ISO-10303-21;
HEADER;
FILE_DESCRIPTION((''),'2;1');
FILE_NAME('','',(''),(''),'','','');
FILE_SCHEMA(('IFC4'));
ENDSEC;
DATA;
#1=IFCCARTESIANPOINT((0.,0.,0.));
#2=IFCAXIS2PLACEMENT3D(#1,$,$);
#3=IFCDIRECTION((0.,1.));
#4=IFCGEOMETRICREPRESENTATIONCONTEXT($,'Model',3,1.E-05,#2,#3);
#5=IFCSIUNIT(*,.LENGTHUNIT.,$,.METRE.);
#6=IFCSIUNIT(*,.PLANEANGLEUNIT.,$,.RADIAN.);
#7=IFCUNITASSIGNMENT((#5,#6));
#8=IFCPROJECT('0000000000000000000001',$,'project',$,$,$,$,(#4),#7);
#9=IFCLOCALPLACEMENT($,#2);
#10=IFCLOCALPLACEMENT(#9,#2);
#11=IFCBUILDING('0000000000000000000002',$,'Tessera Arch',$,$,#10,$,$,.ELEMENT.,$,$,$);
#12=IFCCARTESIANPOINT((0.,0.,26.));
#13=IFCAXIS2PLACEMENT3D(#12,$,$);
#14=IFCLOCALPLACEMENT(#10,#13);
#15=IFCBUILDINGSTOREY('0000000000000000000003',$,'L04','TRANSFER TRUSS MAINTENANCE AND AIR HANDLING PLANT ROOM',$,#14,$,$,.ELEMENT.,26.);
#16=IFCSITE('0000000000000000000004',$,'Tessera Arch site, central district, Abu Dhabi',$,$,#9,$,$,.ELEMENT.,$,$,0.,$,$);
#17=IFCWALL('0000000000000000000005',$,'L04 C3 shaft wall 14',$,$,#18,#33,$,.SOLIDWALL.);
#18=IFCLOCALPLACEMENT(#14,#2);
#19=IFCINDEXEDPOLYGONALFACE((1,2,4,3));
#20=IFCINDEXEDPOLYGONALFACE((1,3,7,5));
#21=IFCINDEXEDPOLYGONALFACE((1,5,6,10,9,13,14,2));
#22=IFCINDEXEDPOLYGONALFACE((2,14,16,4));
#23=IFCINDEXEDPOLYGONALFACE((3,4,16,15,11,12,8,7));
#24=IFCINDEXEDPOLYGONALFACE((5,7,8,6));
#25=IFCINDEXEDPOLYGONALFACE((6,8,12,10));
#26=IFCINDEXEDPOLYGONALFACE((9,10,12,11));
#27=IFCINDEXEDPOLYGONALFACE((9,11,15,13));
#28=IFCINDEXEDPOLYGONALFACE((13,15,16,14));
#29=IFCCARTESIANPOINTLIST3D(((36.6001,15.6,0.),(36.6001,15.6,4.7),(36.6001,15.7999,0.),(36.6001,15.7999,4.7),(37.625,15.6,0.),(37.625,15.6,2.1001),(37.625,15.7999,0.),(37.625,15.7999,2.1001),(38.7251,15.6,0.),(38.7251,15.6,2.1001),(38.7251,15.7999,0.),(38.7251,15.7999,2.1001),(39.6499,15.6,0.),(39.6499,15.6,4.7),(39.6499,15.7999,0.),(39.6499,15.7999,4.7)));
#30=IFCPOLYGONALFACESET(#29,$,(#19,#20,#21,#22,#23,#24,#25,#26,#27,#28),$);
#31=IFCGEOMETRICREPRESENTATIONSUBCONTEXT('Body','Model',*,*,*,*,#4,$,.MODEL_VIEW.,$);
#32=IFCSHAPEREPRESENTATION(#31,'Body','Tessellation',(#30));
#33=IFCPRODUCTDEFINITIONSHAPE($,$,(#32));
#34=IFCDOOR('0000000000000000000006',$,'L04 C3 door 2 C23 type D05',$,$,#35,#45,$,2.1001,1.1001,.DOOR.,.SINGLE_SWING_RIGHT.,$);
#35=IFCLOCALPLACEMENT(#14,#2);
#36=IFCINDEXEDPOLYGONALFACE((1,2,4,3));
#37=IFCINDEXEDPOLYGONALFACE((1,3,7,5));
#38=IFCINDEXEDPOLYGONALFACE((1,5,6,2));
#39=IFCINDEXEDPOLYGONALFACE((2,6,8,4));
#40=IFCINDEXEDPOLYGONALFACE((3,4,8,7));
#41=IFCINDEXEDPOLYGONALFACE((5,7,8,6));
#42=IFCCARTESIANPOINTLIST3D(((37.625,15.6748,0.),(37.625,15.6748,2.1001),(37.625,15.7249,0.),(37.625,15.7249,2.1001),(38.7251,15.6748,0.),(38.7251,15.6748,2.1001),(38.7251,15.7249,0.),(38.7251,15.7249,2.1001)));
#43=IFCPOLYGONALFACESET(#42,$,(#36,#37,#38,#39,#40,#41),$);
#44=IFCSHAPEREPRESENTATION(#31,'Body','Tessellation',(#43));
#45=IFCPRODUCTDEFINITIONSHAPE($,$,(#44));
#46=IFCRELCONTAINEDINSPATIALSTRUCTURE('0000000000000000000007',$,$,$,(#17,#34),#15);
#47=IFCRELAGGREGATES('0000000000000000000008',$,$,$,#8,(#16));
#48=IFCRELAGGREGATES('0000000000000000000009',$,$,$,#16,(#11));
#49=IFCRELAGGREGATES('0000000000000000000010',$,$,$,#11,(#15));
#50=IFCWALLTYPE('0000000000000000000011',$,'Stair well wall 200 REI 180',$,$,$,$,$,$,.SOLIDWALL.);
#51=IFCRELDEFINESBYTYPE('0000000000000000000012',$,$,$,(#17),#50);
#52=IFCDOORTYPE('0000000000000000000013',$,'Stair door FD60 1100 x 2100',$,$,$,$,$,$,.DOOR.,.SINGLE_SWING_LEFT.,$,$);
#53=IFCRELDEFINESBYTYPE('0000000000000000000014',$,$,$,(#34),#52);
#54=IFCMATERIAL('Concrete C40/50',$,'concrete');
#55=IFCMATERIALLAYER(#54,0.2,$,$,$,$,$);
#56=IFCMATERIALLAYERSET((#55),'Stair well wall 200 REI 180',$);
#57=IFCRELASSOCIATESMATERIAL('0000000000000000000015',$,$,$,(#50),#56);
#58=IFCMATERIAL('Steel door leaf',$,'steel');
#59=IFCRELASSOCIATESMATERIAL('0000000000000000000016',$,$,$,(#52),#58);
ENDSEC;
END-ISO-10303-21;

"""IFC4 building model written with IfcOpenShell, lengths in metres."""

from ifc_helpers import new_model, si_unit, direction, frame, frame_2d, origin, place, context, subcontext, project, spatial, rectangle, extrude, material, layer, layer_set, type_object, element, fill, save


model = new_model("IFC4")

# Units and contexts
model_context = context("Model", 3, precision=1e-05, world=origin(), true_north=direction((0.0, 1.0)))
body_context = subcontext(model_context, "Body", "Model", "MODEL_VIEW")
ifc_project = project(units=[si_unit("LENGTHUNIT", "METRE"), si_unit("PLANEANGLEUNIT", "RADIAN")], contexts=[model_context])

# Site, building, storey
site_placement = place(None, origin())
site = spatial("IfcSite", under=ifc_project, at=site_placement, Name="Tessera Arch site, central district, Abu Dhabi", CompositionType="ELEMENT", RefElevation=0.0)
building_placement = place(site_placement, origin())
building = spatial("IfcBuilding", under=site, at=building_placement, Name="Tessera Arch", CompositionType="ELEMENT")
storey_placement = place(building_placement, frame((0.0, 0.0, 26.0)))
storey = spatial("IfcBuildingStorey", under=building, at=storey_placement, Name="L04", Description="TRANSFER TRUSS MAINTENANCE AND AIR HANDLING PLANT ROOM", CompositionType="ELEMENT", Elevation=26.0)

# Wall, opening, door
ifc_material_1 = material(Name="Concrete C40/50", Category="concrete")
ifc_layer_1 = layer(ifc_material_1, 0.2)
ifc_layer_set_1 = layer_set([ifc_layer_1], Name="Stair well wall 200 REI 180")
wall_type_1 = type_object("IfcWallType", Name="Stair well wall 200 REI 180", PredefinedType="SOLIDWALL", material=ifc_layer_set_1)
wall_1_placement = place(storey_placement, frame((36.6001, 15.7, 0.0), z_axis=(0.0, 0.0, 1.0), x_axis=(1.0, 0.0, 0.0)))
wall_1 = element("IfcWall", 1, at=wall_1_placement, inside=storey, type_object=wall_type_1, Name="L04 C3 shaft wall 14", PredefinedType="SOLIDWALL", context=body_context, shape_type="SweptSolid", body=[
    extrude(rectangle(XDim=3.0498, YDim=0.2, at=frame_2d((1.5249, 0.0))), origin(), (0.0, 0.0, 1.0), 4.7),
])
opening_1_placement = place(wall_1_placement, frame((1.0249, 0.0, 0.0)))
opening_1 = element("IfcOpeningElement", 2, at=opening_1_placement, cuts=wall_1, PredefinedType="OPENING", context=body_context, shape_type="SweptSolid", body=[
    extrude(rectangle(XDim=1.1001, YDim=2.1001, at=frame_2d((0.55, 1.05))), frame((0.0, 0.1099, 0.0), z_axis=(0.0, -1.0, 0.0), x_axis=(1.0, 0.0, 0.0)), (0.0, 0.0, 1.0), 0.22),
])
ifc_material_2 = material(Name="Steel door leaf", Category="steel")
door_type_1 = type_object("IfcDoorType", Name="Stair door FD60 1100 x 2100", OperationType="SINGLE_SWING_LEFT", PredefinedType="DOOR", material=ifc_material_2)
door_1_placement = place(opening_1_placement, origin())
door_1 = element("IfcDoor", 3, at=door_1_placement, inside=storey, type_object=door_type_1, Name="L04 C3 door 2 C23 type D05", OperationType="SINGLE_SWING_RIGHT", OverallHeight=2.1001, OverallWidth=1.1001, PredefinedType="DOOR", context=body_context, shape_type="SweptSolid", body=[
    extrude(rectangle(XDim=1.1001, YDim=2.1001, at=frame_2d((0.55, 1.05))), frame((0.0, 0.0249, 0.0), z_axis=(0.0, -1.0, 0.0), x_axis=(1.0, 0.0, 0.0)), (0.0, 0.0, 1.0), 0.05),
])
fill(opening_1, door_1)

save(model, "model.ifc")
